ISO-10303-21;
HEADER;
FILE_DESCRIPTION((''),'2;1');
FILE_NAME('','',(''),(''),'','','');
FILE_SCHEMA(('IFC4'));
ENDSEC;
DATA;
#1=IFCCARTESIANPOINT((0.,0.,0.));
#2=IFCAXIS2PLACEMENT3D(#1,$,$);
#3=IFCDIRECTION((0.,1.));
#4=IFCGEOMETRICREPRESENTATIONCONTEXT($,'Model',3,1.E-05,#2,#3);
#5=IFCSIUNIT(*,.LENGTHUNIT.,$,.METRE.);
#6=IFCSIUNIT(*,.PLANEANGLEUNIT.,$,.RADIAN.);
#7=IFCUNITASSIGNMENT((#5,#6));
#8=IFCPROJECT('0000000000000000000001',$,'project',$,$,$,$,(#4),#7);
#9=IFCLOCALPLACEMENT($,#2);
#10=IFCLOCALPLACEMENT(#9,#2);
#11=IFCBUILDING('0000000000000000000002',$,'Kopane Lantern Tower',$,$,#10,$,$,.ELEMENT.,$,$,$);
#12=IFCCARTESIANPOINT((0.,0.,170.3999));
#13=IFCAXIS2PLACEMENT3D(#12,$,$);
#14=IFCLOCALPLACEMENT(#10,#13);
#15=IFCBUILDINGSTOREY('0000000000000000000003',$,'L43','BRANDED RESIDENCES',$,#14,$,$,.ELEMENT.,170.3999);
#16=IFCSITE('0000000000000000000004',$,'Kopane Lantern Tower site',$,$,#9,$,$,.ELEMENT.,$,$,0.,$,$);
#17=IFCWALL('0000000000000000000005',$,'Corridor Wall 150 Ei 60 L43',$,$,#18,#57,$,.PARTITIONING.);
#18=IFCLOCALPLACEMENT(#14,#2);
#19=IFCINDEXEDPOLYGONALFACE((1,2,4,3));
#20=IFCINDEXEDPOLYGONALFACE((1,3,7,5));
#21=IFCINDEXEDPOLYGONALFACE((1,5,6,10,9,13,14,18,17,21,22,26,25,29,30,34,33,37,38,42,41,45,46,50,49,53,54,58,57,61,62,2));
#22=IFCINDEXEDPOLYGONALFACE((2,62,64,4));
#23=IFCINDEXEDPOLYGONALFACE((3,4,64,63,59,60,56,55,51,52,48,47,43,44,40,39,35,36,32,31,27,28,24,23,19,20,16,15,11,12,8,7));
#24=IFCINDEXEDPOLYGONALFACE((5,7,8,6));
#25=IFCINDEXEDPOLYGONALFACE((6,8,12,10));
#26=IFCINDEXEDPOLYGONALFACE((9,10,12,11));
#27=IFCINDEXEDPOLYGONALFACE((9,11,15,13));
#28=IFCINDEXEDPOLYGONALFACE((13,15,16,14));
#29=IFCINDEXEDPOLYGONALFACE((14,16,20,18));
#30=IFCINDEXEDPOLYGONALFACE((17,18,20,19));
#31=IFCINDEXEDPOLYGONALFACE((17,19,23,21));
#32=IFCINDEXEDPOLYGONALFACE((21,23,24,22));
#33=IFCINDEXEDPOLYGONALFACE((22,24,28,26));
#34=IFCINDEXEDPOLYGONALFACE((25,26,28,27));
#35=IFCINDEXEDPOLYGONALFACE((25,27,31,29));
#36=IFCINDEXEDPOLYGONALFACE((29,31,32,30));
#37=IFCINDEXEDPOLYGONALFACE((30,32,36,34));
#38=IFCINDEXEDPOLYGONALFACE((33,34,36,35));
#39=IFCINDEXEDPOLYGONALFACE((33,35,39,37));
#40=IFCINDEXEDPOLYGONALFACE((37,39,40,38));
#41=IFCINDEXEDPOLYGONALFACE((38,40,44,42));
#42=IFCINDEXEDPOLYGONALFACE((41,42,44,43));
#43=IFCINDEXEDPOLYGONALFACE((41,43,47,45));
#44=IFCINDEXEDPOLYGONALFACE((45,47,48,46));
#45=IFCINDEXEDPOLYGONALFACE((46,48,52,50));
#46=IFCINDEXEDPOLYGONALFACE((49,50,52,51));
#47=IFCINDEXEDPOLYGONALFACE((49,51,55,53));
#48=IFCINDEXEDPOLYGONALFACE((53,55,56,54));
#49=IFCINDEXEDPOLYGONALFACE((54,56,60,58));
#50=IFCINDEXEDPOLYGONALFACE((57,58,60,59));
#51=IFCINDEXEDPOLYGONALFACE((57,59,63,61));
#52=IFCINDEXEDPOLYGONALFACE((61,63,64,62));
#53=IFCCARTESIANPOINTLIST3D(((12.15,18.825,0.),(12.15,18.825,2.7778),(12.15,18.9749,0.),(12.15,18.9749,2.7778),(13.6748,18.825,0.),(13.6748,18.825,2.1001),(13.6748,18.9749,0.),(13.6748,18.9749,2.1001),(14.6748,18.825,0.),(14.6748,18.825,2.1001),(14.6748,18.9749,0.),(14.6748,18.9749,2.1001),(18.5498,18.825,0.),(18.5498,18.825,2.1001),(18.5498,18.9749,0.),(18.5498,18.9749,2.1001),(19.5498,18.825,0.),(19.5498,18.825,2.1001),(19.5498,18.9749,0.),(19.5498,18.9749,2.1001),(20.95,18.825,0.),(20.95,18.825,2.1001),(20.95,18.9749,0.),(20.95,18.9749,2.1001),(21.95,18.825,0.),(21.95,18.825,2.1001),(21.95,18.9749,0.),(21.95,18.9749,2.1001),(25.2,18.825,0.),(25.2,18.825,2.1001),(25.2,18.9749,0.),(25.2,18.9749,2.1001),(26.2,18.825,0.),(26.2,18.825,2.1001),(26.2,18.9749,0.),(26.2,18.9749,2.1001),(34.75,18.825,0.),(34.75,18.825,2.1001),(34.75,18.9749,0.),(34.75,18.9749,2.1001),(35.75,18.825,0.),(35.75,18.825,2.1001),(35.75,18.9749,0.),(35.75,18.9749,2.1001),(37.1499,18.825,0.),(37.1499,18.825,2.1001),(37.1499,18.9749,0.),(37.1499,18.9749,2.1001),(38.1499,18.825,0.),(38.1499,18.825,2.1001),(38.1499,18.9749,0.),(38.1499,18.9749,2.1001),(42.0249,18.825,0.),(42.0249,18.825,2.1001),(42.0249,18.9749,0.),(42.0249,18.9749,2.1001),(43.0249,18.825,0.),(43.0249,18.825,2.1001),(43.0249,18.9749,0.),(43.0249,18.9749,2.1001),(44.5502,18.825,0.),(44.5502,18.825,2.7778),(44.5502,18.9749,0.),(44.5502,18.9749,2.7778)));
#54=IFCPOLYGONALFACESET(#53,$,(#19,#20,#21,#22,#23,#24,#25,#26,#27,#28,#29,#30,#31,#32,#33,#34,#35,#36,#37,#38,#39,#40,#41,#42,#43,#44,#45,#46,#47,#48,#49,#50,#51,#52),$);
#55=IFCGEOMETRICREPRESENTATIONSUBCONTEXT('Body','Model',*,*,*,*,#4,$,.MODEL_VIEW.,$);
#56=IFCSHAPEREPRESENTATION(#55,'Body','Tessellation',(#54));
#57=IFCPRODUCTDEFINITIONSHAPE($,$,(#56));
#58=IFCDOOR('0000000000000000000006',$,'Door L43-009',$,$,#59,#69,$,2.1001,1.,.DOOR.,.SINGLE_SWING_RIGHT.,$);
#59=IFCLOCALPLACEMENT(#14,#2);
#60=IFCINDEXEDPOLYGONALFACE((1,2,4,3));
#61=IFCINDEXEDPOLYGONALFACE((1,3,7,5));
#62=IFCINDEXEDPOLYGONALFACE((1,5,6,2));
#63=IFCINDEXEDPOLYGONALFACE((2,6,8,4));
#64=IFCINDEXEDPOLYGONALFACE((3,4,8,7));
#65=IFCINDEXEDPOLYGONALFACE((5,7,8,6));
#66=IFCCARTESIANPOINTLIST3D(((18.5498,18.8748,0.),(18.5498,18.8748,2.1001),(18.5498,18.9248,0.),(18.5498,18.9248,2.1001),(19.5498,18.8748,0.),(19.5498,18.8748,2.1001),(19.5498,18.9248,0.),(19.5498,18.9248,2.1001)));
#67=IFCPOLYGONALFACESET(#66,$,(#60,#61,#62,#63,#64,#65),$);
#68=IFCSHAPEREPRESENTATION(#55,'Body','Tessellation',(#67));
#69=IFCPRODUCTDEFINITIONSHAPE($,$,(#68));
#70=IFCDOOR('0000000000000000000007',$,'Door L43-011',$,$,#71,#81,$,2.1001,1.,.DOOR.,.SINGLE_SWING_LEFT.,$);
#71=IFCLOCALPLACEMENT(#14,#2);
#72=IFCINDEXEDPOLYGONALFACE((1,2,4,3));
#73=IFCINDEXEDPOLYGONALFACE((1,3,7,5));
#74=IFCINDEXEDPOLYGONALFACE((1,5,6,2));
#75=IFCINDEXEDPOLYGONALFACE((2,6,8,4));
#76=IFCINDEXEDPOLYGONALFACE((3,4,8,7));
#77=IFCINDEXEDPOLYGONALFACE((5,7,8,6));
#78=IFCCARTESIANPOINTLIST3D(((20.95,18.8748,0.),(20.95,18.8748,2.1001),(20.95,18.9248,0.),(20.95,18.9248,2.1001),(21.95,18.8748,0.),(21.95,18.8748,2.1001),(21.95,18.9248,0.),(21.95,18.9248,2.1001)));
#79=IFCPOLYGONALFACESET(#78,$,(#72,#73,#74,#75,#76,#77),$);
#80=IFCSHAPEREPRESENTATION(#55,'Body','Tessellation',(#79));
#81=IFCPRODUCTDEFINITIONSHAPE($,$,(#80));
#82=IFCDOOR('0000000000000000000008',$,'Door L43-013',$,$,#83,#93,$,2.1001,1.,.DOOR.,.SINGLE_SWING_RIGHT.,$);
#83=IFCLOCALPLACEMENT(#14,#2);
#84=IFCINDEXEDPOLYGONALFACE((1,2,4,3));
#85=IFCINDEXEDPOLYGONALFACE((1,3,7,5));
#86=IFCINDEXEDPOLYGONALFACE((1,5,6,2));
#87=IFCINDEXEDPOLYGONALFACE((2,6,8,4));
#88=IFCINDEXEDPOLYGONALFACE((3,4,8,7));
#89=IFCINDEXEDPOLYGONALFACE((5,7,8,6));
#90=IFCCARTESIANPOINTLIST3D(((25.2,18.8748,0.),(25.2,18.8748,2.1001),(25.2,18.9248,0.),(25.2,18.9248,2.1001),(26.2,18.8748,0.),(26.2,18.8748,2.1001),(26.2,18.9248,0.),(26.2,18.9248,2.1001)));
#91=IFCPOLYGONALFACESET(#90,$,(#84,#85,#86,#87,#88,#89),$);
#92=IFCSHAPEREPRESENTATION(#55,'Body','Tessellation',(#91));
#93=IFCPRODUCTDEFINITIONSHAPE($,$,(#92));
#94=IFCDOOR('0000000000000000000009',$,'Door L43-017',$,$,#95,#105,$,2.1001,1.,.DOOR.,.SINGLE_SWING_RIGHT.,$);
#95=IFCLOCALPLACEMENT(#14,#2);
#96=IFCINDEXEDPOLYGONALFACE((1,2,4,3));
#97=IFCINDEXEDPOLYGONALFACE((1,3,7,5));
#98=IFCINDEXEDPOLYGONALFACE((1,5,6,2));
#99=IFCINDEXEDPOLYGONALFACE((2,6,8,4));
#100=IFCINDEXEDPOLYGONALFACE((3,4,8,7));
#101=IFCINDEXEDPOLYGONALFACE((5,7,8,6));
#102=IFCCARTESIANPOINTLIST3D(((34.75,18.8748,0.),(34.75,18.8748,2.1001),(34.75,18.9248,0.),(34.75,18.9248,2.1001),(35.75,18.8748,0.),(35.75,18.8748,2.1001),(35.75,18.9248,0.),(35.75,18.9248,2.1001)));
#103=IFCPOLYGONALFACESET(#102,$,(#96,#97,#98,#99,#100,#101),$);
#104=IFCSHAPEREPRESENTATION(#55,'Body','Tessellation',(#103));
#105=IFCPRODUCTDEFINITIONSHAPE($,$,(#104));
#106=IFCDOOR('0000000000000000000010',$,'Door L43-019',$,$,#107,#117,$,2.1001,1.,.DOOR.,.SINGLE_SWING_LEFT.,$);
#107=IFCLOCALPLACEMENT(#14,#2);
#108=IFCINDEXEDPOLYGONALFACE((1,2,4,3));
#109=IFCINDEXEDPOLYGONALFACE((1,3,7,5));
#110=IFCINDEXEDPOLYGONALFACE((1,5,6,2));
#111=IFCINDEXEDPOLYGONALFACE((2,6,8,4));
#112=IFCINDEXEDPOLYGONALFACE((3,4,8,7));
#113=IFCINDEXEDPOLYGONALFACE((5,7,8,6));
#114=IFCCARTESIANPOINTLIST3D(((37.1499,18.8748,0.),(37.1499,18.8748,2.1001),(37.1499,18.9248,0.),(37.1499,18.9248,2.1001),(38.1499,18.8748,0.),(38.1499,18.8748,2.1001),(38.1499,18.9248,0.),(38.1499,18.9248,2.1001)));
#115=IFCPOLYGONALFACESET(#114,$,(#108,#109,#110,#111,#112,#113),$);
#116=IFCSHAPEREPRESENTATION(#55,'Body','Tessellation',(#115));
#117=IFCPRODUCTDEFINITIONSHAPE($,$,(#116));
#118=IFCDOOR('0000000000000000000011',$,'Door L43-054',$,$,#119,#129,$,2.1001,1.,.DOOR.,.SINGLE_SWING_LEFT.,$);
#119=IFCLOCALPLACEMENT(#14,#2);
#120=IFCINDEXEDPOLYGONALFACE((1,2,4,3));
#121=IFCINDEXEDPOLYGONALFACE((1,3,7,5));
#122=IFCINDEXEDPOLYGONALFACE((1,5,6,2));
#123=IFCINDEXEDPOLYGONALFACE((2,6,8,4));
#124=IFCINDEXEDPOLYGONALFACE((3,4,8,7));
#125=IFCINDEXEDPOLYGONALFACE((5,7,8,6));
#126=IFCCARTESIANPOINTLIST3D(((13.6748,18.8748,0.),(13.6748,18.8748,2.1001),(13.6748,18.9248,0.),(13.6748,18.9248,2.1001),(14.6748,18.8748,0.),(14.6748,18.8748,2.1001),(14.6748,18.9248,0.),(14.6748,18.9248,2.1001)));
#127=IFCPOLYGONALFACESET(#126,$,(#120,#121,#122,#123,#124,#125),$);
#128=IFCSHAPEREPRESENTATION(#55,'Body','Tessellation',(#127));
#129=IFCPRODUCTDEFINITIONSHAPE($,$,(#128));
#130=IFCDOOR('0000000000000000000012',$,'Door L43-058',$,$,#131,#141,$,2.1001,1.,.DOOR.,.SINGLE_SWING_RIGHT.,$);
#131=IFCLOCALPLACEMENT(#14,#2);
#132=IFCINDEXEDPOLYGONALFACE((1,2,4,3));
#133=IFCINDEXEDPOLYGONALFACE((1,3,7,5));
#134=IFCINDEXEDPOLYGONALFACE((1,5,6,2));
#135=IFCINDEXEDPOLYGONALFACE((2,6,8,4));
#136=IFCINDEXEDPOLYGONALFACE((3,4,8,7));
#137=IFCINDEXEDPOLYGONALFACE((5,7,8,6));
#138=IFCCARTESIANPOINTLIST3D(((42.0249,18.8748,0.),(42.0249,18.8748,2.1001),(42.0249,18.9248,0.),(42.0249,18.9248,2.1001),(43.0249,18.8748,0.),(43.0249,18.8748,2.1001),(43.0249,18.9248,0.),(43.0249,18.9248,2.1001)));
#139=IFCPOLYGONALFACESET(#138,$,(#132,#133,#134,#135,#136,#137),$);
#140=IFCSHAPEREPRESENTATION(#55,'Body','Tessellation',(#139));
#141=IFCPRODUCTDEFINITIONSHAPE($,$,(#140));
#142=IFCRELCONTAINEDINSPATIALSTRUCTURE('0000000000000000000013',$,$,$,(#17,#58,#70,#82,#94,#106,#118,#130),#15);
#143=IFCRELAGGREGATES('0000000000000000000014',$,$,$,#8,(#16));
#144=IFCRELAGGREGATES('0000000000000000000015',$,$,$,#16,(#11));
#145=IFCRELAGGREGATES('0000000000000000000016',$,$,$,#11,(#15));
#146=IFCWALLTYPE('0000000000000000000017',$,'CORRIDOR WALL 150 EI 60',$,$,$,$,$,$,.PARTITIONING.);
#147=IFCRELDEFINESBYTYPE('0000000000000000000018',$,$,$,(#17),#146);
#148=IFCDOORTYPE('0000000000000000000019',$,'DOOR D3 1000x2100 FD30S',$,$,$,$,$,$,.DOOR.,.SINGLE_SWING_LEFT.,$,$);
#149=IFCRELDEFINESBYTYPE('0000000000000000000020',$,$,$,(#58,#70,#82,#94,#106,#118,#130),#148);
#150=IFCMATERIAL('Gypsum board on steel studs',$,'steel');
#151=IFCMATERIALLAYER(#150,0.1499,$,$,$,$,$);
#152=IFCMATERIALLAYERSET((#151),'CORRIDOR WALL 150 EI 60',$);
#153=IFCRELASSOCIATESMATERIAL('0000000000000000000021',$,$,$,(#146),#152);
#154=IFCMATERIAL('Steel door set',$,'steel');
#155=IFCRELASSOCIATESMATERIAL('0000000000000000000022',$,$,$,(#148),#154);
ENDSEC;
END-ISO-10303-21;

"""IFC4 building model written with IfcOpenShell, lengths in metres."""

from ifc_helpers import new_model, si_unit, direction, frame, frame_2d, origin, place, context, subcontext, project, spatial, rectangle, extrude, material, layer, layer_set, type_object, element, fill, save


model = new_model("IFC4")

# Units and contexts
model_context = context("Model", 3, precision=1e-05, world=origin(), true_north=direction((0.0, 1.0)))
body_context = subcontext(model_context, "Body", "Model", "MODEL_VIEW")
ifc_project = project(units=[si_unit("LENGTHUNIT", "METRE"), si_unit("PLANEANGLEUNIT", "RADIAN")], contexts=[model_context])

# Site, building, storey
site_placement = place(None, origin())
site = spatial("IfcSite", under=ifc_project, at=site_placement, Name="Kopane Lantern Tower site", CompositionType="ELEMENT", RefElevation=0.0)
building_placement = place(site_placement, origin())
building = spatial("IfcBuilding", under=site, at=building_placement, Name="Kopane Lantern Tower", CompositionType="ELEMENT")
storey_placement = place(building_placement, frame((0.0, 0.0, 170.3999)))
storey = spatial("IfcBuildingStorey", under=building, at=storey_placement, Name="L43", Description="BRANDED RESIDENCES", CompositionType="ELEMENT", Elevation=170.3999)

# Wall, openings, doors
ifc_material_1 = material(Name="Gypsum board on steel studs", Category="steel")
ifc_layer_1 = layer(ifc_material_1, 0.1499)
ifc_layer_set_1 = layer_set([ifc_layer_1], Name="CORRIDOR WALL 150 EI 60")
wall_type_1 = type_object("IfcWallType", Name="CORRIDOR WALL 150 EI 60", PredefinedType="PARTITIONING", material=ifc_layer_set_1)
wall_1_placement = place(storey_placement, frame((12.1499, 18.8999, 0.0), z_axis=(0.0, 0.0, 1.0), x_axis=(1.0, 0.0, 0.0)))
wall_1 = element("IfcWall", 1, at=wall_1_placement, inside=storey, type_object=wall_type_1, Name="Corridor Wall 150 Ei 60 L43", PredefinedType="PARTITIONING", context=body_context, shape_type="SweptSolid", body=[
    extrude(rectangle(XDim=32.4001, YDim=0.1499, at=frame_2d((16.2002, 0.0))), origin(), (0.0, 0.0, 1.0), 2.7778),
])
opening_1_placement = place(wall_1_placement, frame((6.3999, 0.0, 0.0)))
opening_1 = element("IfcOpeningElement", 2, at=opening_1_placement, cuts=wall_1, PredefinedType="OPENING", context=body_context, shape_type="SweptSolid", body=[
    extrude(rectangle(XDim=1.0, YDim=2.1001, at=frame_2d((0.5, 1.05))), frame((0.0, 0.085, 0.0), z_axis=(0.0, -1.0, 0.0), x_axis=(1.0, 0.0, 0.0)), (0.0, 0.0, 1.0), 0.1699),
])
opening_2_placement = place(wall_1_placement, frame((8.8, 0.0, 0.0)))
opening_2 = element("IfcOpeningElement", 3, at=opening_2_placement, cuts=wall_1, PredefinedType="OPENING", context=body_context, shape_type="SweptSolid", body=[
    extrude(rectangle(XDim=1.0, YDim=2.1001, at=frame_2d((0.5, 1.05))), frame((0.0, 0.085, 0.0), z_axis=(0.0, -1.0, 0.0), x_axis=(1.0, 0.0, 0.0)), (0.0, 0.0, 1.0), 0.1699),
])
opening_3_placement = place(wall_1_placement, frame((13.05, 0.0, 0.0)))
opening_3 = element("IfcOpeningElement", 4, at=opening_3_placement, cuts=wall_1, PredefinedType="OPENING", context=body_context, shape_type="SweptSolid", body=[
    extrude(rectangle(XDim=1.0, YDim=2.1001, at=frame_2d((0.5, 1.05))), frame((0.0, 0.085, 0.0), z_axis=(0.0, -1.0, 0.0), x_axis=(1.0, 0.0, 0.0)), (0.0, 0.0, 1.0), 0.1699),
])
opening_4_placement = place(wall_1_placement, frame((22.6001, 0.0, 0.0)))
opening_4 = element("IfcOpeningElement", 5, at=opening_4_placement, cuts=wall_1, PredefinedType="OPENING", context=body_context, shape_type="SweptSolid", body=[
    extrude(rectangle(XDim=1.0, YDim=2.1001, at=frame_2d((0.5, 1.05))), frame((0.0, 0.085, 0.0), z_axis=(0.0, -1.0, 0.0), x_axis=(1.0, 0.0, 0.0)), (0.0, 0.0, 1.0), 0.1699),
])
opening_5_placement = place(wall_1_placement, frame((25.0, 0.0, 0.0)))
opening_5 = element("IfcOpeningElement", 6, at=opening_5_placement, cuts=wall_1, PredefinedType="OPENING", context=body_context, shape_type="SweptSolid", body=[
    extrude(rectangle(XDim=1.0, YDim=2.1001, at=frame_2d((0.5, 1.05))), frame((0.0, 0.085, 0.0), z_axis=(0.0, -1.0, 0.0), x_axis=(1.0, 0.0, 0.0)), (0.0, 0.0, 1.0), 0.1699),
])
opening_6_placement = place(wall_1_placement, frame((1.5249, 0.0, 0.0)))
opening_6 = element("IfcOpeningElement", 7, at=opening_6_placement, cuts=wall_1, PredefinedType="OPENING", context=body_context, shape_type="SweptSolid", body=[
    extrude(rectangle(XDim=1.0, YDim=2.1001, at=frame_2d((0.5, 1.05))), frame((0.0, 0.085, 0.0), z_axis=(0.0, -1.0, 0.0), x_axis=(1.0, 0.0, 0.0)), (0.0, 0.0, 1.0), 0.1699),
])
opening_7_placement = place(wall_1_placement, frame((29.875, 0.0, 0.0)))
opening_7 = element("IfcOpeningElement", 8, at=opening_7_placement, cuts=wall_1, PredefinedType="OPENING", context=body_context, shape_type="SweptSolid", body=[
    extrude(rectangle(XDim=1.0, YDim=2.1001, at=frame_2d((0.5, 1.05))), frame((0.0, 0.085, 0.0), z_axis=(0.0, -1.0, 0.0), x_axis=(1.0, 0.0, 0.0)), (0.0, 0.0, 1.0), 0.1699),
])
ifc_material_2 = material(Name="Steel door set", Category="steel")
door_type_1 = type_object("IfcDoorType", Name="DOOR D3 1000x2100 FD30S", OperationType="SINGLE_SWING_LEFT", PredefinedType="DOOR", material=ifc_material_2)
door_1_placement = place(opening_1_placement, origin())
door_1 = element("IfcDoor", 9, at=door_1_placement, inside=storey, type_object=door_type_1, Name="Door L43-009", OperationType="SINGLE_SWING_RIGHT", OverallHeight=2.1001, OverallWidth=1.0, PredefinedType="DOOR", context=body_context, shape_type="SweptSolid", body=[
    extrude(rectangle(XDim=1.0, YDim=2.1001, at=frame_2d((0.5, 1.05))), frame((0.0, 0.0249, 0.0), z_axis=(0.0, -1.0, 0.0), x_axis=(1.0, 0.0, 0.0)), (0.0, 0.0, 1.0), 0.05),
])
fill(opening_1, door_1)
door_2_placement = place(opening_2_placement, origin())
door_2 = element("IfcDoor", 10, at=door_2_placement, inside=storey, type_object=door_type_1, Name="Door L43-011", OperationType="SINGLE_SWING_LEFT", OverallHeight=2.1001, OverallWidth=1.0, PredefinedType="DOOR", context=body_context, shape_type="SweptSolid", body=[
    extrude(rectangle(XDim=1.0, YDim=2.1001, at=frame_2d((0.5, 1.05))), frame((0.0, 0.0249, 0.0), z_axis=(0.0, -1.0, 0.0), x_axis=(1.0, 0.0, 0.0)), (0.0, 0.0, 1.0), 0.05),
])
fill(opening_2, door_2)
door_3_placement = place(opening_3_placement, origin())
door_3 = element("IfcDoor", 11, at=door_3_placement, inside=storey, type_object=door_type_1, Name="Door L43-013", OperationType="SINGLE_SWING_RIGHT", OverallHeight=2.1001, OverallWidth=1.0, PredefinedType="DOOR", context=body_context, shape_type="SweptSolid", body=[
    extrude(rectangle(XDim=1.0, YDim=2.1001, at=frame_2d((0.5, 1.05))), frame((0.0, 0.0249, 0.0), z_axis=(0.0, -1.0, 0.0), x_axis=(1.0, 0.0, 0.0)), (0.0, 0.0, 1.0), 0.05),
])
fill(opening_3, door_3)
door_4_placement = place(opening_4_placement, origin())
door_4 = element("IfcDoor", 12, at=door_4_placement, inside=storey, type_object=door_type_1, Name="Door L43-017", OperationType="SINGLE_SWING_RIGHT", OverallHeight=2.1001, OverallWidth=1.0, PredefinedType="DOOR", context=body_context, shape_type="SweptSolid", body=[
    extrude(rectangle(XDim=1.0, YDim=2.1001, at=frame_2d((0.5, 1.05))), frame((0.0, 0.0249, 0.0), z_axis=(0.0, -1.0, 0.0), x_axis=(1.0, 0.0, 0.0)), (0.0, 0.0, 1.0), 0.05),
])
fill(opening_4, door_4)
door_5_placement = place(opening_5_placement, origin())
door_5 = element("IfcDoor", 13, at=door_5_placement, inside=storey, type_object=door_type_1, Name="Door L43-019", OperationType="SINGLE_SWING_LEFT", OverallHeight=2.1001, OverallWidth=1.0, PredefinedType="DOOR", context=body_context, shape_type="SweptSolid", body=[
    extrude(rectangle(XDim=1.0, YDim=2.1001, at=frame_2d((0.5, 1.05))), frame((0.0, 0.0249, 0.0), z_axis=(0.0, -1.0, 0.0), x_axis=(1.0, 0.0, 0.0)), (0.0, 0.0, 1.0), 0.05),
])
fill(opening_5, door_5)
door_6_placement = place(opening_6_placement, origin())
door_6 = element("IfcDoor", 14, at=door_6_placement, inside=storey, type_object=door_type_1, Name="Door L43-054", OperationType="SINGLE_SWING_LEFT", OverallHeight=2.1001, OverallWidth=1.0, PredefinedType="DOOR", context=body_context, shape_type="SweptSolid", body=[
    extrude(rectangle(XDim=1.0, YDim=2.1001, at=frame_2d((0.5, 1.05))), frame((0.0, 0.0249, 0.0), z_axis=(0.0, -1.0, 0.0), x_axis=(1.0, 0.0, 0.0)), (0.0, 0.0, 1.0), 0.05),
])
fill(opening_6, door_6)
door_7_placement = place(opening_7_placement, origin())
door_7 = element("IfcDoor", 15, at=door_7_placement, inside=storey, type_object=door_type_1, Name="Door L43-058", OperationType="SINGLE_SWING_RIGHT", OverallHeight=2.1001, OverallWidth=1.0, PredefinedType="DOOR", context=body_context, shape_type="SweptSolid", body=[
    extrude(rectangle(XDim=1.0, YDim=2.1001, at=frame_2d((0.5, 1.05))), frame((0.0, 0.0249, 0.0), z_axis=(0.0, -1.0, 0.0), x_axis=(1.0, 0.0, 0.0)), (0.0, 0.0, 1.0), 0.05),
])
fill(opening_7, door_7)

save(model, "model.ifc")
